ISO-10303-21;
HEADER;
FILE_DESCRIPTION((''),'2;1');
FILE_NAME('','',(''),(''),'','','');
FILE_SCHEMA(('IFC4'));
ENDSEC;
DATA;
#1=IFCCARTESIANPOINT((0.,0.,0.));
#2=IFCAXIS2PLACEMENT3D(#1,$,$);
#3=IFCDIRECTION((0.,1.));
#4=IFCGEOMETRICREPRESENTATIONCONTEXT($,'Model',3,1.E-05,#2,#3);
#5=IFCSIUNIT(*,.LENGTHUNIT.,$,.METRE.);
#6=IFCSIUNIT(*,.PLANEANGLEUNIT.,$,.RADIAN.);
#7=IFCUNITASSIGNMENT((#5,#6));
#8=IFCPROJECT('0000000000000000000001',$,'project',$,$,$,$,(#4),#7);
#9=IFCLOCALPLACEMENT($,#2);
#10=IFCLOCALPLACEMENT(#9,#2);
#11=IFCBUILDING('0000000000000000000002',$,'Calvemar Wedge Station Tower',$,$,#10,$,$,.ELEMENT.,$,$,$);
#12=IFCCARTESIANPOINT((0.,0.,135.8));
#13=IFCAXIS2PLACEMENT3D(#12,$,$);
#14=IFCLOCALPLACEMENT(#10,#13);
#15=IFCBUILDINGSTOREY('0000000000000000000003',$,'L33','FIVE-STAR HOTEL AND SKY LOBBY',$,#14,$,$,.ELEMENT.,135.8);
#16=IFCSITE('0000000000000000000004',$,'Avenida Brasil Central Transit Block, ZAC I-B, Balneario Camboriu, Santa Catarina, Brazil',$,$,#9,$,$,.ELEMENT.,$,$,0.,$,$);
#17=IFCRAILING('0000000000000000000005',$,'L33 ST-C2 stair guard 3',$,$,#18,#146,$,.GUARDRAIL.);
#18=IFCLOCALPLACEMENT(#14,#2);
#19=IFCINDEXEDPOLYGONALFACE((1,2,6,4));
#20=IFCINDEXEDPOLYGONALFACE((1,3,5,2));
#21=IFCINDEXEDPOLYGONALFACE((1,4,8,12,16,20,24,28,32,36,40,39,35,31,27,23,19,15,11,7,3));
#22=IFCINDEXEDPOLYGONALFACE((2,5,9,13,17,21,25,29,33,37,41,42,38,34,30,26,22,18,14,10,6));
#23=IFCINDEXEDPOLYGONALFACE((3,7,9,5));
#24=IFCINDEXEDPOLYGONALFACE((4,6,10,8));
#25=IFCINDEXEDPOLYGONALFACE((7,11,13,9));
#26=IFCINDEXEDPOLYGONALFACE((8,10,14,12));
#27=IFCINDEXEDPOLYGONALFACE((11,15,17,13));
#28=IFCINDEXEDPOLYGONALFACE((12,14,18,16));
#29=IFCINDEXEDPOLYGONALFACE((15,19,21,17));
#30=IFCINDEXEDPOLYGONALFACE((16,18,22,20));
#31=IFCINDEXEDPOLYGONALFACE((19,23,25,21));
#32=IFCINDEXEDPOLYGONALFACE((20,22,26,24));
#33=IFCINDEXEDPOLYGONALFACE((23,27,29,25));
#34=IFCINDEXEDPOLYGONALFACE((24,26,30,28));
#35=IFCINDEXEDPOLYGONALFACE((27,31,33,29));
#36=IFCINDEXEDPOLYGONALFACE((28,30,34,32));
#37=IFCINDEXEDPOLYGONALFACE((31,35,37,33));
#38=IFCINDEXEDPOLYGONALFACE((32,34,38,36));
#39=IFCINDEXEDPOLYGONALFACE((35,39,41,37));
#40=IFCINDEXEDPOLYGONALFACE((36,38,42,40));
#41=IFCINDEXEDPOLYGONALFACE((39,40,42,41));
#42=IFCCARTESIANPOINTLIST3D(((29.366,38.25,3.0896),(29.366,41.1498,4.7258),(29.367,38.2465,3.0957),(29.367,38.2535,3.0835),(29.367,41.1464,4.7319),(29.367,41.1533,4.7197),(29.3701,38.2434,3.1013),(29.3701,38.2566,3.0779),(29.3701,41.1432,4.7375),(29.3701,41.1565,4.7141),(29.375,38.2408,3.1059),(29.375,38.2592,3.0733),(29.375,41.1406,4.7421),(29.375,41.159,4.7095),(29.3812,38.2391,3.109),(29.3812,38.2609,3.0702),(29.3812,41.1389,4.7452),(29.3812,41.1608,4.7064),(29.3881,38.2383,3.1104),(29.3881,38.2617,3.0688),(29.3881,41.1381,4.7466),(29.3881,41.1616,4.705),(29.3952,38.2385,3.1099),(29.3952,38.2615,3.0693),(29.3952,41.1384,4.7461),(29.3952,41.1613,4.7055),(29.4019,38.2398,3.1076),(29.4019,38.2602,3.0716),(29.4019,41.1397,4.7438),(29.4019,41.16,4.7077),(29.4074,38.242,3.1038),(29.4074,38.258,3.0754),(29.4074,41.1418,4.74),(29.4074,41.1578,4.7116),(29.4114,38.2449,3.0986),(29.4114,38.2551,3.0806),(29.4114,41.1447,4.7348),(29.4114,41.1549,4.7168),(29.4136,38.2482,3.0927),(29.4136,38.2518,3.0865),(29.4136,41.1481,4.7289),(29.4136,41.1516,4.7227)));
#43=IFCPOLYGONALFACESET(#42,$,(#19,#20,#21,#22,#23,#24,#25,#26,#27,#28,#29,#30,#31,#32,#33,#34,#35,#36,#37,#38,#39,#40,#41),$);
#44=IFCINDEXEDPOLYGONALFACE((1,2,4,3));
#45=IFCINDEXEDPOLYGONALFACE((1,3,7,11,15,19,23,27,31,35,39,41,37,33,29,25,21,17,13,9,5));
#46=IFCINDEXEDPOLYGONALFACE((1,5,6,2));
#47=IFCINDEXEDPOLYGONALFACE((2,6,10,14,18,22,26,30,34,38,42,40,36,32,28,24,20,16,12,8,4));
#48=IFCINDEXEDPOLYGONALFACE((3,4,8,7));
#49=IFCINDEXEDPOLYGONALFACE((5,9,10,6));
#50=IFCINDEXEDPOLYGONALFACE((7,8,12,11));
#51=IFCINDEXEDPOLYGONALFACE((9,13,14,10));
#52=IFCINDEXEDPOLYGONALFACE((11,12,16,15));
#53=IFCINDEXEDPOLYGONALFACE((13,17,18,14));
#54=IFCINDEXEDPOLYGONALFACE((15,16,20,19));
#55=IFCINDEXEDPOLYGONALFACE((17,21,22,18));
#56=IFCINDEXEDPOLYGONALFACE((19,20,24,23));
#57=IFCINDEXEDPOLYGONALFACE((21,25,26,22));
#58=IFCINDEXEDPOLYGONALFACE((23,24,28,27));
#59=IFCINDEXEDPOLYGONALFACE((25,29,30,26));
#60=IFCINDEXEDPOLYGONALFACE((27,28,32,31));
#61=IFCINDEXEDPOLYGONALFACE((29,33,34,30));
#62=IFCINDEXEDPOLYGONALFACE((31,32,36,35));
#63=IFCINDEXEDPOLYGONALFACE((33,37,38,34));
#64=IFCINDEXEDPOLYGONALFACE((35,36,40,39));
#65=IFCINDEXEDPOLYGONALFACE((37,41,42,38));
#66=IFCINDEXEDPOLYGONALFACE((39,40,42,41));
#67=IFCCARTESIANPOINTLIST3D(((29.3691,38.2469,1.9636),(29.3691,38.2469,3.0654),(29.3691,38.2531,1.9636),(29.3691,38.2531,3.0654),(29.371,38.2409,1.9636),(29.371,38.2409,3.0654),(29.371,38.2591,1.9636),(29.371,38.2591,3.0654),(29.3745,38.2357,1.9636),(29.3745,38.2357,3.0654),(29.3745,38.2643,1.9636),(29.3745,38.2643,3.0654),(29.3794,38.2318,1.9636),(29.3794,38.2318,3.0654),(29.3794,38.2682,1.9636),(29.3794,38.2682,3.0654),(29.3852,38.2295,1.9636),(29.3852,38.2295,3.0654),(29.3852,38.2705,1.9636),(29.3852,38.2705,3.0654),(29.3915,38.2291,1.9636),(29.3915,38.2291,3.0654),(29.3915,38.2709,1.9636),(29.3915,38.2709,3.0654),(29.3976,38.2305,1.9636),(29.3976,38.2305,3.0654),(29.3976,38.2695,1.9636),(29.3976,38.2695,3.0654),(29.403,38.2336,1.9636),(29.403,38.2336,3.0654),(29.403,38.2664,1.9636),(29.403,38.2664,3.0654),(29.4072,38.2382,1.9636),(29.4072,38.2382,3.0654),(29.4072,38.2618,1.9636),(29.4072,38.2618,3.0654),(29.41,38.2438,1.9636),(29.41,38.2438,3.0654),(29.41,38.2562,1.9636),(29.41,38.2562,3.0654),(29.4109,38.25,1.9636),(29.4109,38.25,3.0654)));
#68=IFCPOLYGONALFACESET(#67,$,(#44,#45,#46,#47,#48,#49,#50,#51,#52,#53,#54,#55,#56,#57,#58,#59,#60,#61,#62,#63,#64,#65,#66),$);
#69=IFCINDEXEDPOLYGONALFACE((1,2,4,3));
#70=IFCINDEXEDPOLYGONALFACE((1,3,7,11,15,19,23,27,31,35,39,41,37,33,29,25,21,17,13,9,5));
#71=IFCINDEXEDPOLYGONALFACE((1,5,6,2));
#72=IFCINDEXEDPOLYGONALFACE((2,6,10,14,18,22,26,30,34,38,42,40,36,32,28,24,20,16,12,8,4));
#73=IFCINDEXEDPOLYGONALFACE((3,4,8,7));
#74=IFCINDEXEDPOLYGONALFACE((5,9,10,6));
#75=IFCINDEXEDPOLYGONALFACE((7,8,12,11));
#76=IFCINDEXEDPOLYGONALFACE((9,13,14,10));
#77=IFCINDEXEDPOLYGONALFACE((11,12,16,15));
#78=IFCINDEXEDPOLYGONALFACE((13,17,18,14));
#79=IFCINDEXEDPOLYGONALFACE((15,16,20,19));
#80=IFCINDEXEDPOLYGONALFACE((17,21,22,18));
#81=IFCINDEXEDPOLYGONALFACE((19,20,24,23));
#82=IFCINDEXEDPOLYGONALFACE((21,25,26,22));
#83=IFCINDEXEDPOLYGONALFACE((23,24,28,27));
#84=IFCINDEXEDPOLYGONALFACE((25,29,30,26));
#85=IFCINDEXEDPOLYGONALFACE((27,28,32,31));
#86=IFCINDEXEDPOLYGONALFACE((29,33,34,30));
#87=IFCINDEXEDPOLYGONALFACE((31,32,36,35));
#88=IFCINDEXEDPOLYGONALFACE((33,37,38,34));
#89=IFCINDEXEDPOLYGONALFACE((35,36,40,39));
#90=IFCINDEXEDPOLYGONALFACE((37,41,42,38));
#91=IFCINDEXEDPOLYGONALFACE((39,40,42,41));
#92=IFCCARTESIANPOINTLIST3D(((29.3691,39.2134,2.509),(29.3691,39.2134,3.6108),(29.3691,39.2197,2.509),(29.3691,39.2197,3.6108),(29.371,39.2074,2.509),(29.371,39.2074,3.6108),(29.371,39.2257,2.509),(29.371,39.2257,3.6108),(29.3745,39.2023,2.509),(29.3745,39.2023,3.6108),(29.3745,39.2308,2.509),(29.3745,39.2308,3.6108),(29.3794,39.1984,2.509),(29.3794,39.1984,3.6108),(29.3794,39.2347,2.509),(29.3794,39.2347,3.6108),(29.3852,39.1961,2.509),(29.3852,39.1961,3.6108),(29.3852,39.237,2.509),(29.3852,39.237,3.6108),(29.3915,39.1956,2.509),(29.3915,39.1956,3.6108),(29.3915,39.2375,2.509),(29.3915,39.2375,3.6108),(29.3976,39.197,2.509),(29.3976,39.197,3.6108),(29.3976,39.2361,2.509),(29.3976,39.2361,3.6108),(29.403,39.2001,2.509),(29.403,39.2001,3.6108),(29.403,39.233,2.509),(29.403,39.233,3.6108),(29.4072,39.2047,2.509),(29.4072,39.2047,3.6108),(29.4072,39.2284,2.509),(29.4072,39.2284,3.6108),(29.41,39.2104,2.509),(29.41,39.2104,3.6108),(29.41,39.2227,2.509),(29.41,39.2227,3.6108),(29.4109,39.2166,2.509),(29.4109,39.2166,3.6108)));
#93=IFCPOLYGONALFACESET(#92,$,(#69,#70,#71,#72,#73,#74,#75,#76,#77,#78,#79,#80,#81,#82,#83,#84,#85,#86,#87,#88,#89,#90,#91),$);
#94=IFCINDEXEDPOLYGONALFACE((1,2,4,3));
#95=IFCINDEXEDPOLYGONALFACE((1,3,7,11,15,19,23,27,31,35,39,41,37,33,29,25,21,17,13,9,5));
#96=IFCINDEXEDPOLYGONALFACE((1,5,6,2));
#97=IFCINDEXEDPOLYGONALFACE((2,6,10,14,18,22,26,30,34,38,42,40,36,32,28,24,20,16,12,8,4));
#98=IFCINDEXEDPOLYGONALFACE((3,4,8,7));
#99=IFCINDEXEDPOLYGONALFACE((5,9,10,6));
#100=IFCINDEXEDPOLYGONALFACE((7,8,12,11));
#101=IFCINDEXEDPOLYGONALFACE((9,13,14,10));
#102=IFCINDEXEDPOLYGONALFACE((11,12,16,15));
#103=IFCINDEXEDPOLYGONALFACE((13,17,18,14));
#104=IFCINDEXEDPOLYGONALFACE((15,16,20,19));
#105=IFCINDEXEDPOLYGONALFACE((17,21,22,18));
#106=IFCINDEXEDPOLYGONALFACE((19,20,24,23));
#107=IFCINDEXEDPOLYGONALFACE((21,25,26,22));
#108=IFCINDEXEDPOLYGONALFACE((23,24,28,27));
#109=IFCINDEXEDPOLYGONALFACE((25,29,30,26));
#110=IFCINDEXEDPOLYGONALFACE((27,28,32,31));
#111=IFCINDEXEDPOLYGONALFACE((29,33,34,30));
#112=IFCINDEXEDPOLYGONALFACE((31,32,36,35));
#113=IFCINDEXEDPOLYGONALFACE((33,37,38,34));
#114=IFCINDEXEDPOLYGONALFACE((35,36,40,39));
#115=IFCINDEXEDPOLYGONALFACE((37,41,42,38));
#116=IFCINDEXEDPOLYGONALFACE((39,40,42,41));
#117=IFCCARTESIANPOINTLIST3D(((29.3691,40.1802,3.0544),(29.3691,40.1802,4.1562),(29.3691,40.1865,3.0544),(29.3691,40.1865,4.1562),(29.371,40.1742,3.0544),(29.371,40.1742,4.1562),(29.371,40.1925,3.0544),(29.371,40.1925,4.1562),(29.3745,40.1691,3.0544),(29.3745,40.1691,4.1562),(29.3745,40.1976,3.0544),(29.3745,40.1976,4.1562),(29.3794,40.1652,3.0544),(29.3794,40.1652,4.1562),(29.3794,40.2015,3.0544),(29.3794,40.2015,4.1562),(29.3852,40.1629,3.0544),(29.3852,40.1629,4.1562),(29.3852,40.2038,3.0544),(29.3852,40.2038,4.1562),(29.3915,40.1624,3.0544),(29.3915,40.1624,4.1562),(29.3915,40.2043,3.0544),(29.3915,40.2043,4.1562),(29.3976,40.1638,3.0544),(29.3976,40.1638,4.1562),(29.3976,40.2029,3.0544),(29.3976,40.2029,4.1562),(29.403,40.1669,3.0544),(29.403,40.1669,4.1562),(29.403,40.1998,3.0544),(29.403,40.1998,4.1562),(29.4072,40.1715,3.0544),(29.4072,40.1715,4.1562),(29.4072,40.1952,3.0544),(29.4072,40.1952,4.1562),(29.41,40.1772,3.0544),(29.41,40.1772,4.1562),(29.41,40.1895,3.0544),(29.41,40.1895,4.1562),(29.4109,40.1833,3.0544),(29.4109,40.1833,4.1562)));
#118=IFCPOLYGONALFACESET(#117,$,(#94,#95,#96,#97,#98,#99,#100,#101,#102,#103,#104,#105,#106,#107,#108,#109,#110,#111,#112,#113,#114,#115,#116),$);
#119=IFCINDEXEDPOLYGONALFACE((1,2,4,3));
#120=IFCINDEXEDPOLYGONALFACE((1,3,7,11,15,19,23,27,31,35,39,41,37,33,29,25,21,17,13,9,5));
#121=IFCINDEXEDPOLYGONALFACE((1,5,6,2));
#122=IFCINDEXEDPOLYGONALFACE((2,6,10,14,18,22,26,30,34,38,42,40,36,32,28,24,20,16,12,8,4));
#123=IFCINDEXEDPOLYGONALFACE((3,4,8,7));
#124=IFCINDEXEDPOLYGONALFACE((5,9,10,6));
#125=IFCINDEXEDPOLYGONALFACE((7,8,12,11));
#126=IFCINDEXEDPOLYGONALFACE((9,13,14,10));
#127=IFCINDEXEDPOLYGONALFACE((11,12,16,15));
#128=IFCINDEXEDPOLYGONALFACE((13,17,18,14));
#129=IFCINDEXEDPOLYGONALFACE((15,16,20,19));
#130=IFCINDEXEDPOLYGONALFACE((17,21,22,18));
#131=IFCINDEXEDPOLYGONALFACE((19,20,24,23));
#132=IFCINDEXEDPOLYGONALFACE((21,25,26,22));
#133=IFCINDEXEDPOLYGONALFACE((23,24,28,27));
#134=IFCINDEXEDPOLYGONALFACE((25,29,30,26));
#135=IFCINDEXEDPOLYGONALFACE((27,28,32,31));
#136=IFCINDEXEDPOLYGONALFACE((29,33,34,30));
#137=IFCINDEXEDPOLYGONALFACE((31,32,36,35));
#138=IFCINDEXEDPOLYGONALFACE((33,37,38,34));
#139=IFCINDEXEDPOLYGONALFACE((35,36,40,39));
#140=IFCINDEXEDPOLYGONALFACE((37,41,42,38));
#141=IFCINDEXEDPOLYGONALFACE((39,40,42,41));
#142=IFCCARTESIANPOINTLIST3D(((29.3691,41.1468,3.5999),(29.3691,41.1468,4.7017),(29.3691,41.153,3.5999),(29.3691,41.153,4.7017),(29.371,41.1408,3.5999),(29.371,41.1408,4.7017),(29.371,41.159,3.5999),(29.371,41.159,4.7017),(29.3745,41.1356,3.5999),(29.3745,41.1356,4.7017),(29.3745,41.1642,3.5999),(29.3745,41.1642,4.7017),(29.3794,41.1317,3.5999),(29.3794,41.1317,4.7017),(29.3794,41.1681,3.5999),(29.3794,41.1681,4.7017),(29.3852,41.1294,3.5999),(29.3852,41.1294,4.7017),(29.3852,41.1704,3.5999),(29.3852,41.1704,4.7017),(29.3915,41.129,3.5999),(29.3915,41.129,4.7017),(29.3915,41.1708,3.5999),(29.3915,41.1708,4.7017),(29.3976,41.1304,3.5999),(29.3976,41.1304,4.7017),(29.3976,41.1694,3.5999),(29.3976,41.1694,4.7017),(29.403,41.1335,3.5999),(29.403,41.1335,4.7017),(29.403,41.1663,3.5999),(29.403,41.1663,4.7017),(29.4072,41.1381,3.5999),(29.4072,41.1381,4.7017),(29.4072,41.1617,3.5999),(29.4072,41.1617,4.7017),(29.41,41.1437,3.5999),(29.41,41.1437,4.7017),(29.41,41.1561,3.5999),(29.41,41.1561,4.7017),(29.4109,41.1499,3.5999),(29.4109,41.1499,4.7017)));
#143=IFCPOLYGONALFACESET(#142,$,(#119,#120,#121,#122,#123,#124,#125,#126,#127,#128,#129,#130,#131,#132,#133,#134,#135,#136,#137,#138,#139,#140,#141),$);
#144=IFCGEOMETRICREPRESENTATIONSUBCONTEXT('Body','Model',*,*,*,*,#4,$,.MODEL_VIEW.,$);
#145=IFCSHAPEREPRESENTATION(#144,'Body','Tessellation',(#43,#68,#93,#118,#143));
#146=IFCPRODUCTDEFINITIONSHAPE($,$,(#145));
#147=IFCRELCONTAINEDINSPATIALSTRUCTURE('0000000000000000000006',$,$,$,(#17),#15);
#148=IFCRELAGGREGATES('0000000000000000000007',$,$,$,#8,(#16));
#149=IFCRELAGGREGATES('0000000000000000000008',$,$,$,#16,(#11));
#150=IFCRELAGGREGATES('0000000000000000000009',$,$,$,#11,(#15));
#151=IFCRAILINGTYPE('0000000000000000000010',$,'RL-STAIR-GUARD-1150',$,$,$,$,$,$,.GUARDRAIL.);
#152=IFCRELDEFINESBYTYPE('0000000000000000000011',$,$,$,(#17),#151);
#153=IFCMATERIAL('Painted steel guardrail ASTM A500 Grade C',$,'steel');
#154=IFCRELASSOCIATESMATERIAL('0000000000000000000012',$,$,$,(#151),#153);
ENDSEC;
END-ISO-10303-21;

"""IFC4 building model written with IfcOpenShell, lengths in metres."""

from ifc_helpers import new_model, si_unit, direction, frame, origin, origin_2d, place, context, subcontext, project, spatial, circle, extrude, material, type_object, element, save


model = new_model("IFC4")

# Units and contexts
model_context = context("Model", 3, precision=1e-05, world=origin(), true_north=direction((0.0, 1.0)))
body_context = subcontext(model_context, "Body", "Model", "MODEL_VIEW")
ifc_project = project(units=[si_unit("LENGTHUNIT", "METRE"), si_unit("PLANEANGLEUNIT", "RADIAN")], contexts=[model_context])

# Site, building, storey
site_placement = place(None, origin())
site = spatial("IfcSite", under=ifc_project, at=site_placement, Name="Avenida Brasil Central Transit Block, ZAC I-B, Balneario Camboriu, Santa Catarina, Brazil", CompositionType="ELEMENT", RefElevation=0.0)
building_placement = place(site_placement, origin())
building = spatial("IfcBuilding", under=site, at=building_placement, Name="Calvemar Wedge Station Tower", CompositionType="ELEMENT")
storey_placement = place(building_placement, frame((0.0, 0.0, 135.8)))
storey = spatial("IfcBuildingStorey", under=building, at=storey_placement, Name="L33", Description="FIVE-STAR HOTEL AND SKY LOBBY", CompositionType="ELEMENT", Elevation=135.8)

# Railing
ifc_material_1 = material(Name="Painted steel guardrail ASTM A500 Grade C", Category="steel")
railing_type_1 = type_object("IfcRailingType", Name="RL-STAIR-GUARD-1150", PredefinedType="GUARDRAIL", material=ifc_material_1)
railing_1_placement = place(storey_placement, frame((29.3899, 38.25, 1.9636)))
element("IfcRailing", 1, at=railing_1_placement, inside=storey, type_object=railing_type_1, Name="L33 ST-C2 stair guard 3", PredefinedType="GUARDRAIL", context=body_context, shape_type="SweptSolid", body=[
    extrude(circle(Radius=0.0239, at=origin_2d()), frame((0.0, 0.0, 1.126), z_axis=(0.0, 0.870929, 0.49141), x_axis=(-1.0, 0.0, 0.0)), (0.0, 0.0, 1.0), 3.3296),
    extrude(circle(Radius=0.021, at=origin_2d()), origin(), (0.0, 0.0, 1.0), 1.1018),
    extrude(circle(Radius=0.021, at=origin_2d()), frame((0.0, 0.9666, 0.5454)), (0.0, 0.0, 1.0), 1.1018),
    extrude(circle(Radius=0.021, at=origin_2d()), frame((0.0, 1.9333, 1.0908)), (0.0, 0.0, 1.0), 1.1018),
    extrude(circle(Radius=0.021, at=origin_2d()), frame((0.0, 2.8999, 1.6362)), (0.0, 0.0, 1.0), 1.1018),
])

save(model, "model.ifc")
